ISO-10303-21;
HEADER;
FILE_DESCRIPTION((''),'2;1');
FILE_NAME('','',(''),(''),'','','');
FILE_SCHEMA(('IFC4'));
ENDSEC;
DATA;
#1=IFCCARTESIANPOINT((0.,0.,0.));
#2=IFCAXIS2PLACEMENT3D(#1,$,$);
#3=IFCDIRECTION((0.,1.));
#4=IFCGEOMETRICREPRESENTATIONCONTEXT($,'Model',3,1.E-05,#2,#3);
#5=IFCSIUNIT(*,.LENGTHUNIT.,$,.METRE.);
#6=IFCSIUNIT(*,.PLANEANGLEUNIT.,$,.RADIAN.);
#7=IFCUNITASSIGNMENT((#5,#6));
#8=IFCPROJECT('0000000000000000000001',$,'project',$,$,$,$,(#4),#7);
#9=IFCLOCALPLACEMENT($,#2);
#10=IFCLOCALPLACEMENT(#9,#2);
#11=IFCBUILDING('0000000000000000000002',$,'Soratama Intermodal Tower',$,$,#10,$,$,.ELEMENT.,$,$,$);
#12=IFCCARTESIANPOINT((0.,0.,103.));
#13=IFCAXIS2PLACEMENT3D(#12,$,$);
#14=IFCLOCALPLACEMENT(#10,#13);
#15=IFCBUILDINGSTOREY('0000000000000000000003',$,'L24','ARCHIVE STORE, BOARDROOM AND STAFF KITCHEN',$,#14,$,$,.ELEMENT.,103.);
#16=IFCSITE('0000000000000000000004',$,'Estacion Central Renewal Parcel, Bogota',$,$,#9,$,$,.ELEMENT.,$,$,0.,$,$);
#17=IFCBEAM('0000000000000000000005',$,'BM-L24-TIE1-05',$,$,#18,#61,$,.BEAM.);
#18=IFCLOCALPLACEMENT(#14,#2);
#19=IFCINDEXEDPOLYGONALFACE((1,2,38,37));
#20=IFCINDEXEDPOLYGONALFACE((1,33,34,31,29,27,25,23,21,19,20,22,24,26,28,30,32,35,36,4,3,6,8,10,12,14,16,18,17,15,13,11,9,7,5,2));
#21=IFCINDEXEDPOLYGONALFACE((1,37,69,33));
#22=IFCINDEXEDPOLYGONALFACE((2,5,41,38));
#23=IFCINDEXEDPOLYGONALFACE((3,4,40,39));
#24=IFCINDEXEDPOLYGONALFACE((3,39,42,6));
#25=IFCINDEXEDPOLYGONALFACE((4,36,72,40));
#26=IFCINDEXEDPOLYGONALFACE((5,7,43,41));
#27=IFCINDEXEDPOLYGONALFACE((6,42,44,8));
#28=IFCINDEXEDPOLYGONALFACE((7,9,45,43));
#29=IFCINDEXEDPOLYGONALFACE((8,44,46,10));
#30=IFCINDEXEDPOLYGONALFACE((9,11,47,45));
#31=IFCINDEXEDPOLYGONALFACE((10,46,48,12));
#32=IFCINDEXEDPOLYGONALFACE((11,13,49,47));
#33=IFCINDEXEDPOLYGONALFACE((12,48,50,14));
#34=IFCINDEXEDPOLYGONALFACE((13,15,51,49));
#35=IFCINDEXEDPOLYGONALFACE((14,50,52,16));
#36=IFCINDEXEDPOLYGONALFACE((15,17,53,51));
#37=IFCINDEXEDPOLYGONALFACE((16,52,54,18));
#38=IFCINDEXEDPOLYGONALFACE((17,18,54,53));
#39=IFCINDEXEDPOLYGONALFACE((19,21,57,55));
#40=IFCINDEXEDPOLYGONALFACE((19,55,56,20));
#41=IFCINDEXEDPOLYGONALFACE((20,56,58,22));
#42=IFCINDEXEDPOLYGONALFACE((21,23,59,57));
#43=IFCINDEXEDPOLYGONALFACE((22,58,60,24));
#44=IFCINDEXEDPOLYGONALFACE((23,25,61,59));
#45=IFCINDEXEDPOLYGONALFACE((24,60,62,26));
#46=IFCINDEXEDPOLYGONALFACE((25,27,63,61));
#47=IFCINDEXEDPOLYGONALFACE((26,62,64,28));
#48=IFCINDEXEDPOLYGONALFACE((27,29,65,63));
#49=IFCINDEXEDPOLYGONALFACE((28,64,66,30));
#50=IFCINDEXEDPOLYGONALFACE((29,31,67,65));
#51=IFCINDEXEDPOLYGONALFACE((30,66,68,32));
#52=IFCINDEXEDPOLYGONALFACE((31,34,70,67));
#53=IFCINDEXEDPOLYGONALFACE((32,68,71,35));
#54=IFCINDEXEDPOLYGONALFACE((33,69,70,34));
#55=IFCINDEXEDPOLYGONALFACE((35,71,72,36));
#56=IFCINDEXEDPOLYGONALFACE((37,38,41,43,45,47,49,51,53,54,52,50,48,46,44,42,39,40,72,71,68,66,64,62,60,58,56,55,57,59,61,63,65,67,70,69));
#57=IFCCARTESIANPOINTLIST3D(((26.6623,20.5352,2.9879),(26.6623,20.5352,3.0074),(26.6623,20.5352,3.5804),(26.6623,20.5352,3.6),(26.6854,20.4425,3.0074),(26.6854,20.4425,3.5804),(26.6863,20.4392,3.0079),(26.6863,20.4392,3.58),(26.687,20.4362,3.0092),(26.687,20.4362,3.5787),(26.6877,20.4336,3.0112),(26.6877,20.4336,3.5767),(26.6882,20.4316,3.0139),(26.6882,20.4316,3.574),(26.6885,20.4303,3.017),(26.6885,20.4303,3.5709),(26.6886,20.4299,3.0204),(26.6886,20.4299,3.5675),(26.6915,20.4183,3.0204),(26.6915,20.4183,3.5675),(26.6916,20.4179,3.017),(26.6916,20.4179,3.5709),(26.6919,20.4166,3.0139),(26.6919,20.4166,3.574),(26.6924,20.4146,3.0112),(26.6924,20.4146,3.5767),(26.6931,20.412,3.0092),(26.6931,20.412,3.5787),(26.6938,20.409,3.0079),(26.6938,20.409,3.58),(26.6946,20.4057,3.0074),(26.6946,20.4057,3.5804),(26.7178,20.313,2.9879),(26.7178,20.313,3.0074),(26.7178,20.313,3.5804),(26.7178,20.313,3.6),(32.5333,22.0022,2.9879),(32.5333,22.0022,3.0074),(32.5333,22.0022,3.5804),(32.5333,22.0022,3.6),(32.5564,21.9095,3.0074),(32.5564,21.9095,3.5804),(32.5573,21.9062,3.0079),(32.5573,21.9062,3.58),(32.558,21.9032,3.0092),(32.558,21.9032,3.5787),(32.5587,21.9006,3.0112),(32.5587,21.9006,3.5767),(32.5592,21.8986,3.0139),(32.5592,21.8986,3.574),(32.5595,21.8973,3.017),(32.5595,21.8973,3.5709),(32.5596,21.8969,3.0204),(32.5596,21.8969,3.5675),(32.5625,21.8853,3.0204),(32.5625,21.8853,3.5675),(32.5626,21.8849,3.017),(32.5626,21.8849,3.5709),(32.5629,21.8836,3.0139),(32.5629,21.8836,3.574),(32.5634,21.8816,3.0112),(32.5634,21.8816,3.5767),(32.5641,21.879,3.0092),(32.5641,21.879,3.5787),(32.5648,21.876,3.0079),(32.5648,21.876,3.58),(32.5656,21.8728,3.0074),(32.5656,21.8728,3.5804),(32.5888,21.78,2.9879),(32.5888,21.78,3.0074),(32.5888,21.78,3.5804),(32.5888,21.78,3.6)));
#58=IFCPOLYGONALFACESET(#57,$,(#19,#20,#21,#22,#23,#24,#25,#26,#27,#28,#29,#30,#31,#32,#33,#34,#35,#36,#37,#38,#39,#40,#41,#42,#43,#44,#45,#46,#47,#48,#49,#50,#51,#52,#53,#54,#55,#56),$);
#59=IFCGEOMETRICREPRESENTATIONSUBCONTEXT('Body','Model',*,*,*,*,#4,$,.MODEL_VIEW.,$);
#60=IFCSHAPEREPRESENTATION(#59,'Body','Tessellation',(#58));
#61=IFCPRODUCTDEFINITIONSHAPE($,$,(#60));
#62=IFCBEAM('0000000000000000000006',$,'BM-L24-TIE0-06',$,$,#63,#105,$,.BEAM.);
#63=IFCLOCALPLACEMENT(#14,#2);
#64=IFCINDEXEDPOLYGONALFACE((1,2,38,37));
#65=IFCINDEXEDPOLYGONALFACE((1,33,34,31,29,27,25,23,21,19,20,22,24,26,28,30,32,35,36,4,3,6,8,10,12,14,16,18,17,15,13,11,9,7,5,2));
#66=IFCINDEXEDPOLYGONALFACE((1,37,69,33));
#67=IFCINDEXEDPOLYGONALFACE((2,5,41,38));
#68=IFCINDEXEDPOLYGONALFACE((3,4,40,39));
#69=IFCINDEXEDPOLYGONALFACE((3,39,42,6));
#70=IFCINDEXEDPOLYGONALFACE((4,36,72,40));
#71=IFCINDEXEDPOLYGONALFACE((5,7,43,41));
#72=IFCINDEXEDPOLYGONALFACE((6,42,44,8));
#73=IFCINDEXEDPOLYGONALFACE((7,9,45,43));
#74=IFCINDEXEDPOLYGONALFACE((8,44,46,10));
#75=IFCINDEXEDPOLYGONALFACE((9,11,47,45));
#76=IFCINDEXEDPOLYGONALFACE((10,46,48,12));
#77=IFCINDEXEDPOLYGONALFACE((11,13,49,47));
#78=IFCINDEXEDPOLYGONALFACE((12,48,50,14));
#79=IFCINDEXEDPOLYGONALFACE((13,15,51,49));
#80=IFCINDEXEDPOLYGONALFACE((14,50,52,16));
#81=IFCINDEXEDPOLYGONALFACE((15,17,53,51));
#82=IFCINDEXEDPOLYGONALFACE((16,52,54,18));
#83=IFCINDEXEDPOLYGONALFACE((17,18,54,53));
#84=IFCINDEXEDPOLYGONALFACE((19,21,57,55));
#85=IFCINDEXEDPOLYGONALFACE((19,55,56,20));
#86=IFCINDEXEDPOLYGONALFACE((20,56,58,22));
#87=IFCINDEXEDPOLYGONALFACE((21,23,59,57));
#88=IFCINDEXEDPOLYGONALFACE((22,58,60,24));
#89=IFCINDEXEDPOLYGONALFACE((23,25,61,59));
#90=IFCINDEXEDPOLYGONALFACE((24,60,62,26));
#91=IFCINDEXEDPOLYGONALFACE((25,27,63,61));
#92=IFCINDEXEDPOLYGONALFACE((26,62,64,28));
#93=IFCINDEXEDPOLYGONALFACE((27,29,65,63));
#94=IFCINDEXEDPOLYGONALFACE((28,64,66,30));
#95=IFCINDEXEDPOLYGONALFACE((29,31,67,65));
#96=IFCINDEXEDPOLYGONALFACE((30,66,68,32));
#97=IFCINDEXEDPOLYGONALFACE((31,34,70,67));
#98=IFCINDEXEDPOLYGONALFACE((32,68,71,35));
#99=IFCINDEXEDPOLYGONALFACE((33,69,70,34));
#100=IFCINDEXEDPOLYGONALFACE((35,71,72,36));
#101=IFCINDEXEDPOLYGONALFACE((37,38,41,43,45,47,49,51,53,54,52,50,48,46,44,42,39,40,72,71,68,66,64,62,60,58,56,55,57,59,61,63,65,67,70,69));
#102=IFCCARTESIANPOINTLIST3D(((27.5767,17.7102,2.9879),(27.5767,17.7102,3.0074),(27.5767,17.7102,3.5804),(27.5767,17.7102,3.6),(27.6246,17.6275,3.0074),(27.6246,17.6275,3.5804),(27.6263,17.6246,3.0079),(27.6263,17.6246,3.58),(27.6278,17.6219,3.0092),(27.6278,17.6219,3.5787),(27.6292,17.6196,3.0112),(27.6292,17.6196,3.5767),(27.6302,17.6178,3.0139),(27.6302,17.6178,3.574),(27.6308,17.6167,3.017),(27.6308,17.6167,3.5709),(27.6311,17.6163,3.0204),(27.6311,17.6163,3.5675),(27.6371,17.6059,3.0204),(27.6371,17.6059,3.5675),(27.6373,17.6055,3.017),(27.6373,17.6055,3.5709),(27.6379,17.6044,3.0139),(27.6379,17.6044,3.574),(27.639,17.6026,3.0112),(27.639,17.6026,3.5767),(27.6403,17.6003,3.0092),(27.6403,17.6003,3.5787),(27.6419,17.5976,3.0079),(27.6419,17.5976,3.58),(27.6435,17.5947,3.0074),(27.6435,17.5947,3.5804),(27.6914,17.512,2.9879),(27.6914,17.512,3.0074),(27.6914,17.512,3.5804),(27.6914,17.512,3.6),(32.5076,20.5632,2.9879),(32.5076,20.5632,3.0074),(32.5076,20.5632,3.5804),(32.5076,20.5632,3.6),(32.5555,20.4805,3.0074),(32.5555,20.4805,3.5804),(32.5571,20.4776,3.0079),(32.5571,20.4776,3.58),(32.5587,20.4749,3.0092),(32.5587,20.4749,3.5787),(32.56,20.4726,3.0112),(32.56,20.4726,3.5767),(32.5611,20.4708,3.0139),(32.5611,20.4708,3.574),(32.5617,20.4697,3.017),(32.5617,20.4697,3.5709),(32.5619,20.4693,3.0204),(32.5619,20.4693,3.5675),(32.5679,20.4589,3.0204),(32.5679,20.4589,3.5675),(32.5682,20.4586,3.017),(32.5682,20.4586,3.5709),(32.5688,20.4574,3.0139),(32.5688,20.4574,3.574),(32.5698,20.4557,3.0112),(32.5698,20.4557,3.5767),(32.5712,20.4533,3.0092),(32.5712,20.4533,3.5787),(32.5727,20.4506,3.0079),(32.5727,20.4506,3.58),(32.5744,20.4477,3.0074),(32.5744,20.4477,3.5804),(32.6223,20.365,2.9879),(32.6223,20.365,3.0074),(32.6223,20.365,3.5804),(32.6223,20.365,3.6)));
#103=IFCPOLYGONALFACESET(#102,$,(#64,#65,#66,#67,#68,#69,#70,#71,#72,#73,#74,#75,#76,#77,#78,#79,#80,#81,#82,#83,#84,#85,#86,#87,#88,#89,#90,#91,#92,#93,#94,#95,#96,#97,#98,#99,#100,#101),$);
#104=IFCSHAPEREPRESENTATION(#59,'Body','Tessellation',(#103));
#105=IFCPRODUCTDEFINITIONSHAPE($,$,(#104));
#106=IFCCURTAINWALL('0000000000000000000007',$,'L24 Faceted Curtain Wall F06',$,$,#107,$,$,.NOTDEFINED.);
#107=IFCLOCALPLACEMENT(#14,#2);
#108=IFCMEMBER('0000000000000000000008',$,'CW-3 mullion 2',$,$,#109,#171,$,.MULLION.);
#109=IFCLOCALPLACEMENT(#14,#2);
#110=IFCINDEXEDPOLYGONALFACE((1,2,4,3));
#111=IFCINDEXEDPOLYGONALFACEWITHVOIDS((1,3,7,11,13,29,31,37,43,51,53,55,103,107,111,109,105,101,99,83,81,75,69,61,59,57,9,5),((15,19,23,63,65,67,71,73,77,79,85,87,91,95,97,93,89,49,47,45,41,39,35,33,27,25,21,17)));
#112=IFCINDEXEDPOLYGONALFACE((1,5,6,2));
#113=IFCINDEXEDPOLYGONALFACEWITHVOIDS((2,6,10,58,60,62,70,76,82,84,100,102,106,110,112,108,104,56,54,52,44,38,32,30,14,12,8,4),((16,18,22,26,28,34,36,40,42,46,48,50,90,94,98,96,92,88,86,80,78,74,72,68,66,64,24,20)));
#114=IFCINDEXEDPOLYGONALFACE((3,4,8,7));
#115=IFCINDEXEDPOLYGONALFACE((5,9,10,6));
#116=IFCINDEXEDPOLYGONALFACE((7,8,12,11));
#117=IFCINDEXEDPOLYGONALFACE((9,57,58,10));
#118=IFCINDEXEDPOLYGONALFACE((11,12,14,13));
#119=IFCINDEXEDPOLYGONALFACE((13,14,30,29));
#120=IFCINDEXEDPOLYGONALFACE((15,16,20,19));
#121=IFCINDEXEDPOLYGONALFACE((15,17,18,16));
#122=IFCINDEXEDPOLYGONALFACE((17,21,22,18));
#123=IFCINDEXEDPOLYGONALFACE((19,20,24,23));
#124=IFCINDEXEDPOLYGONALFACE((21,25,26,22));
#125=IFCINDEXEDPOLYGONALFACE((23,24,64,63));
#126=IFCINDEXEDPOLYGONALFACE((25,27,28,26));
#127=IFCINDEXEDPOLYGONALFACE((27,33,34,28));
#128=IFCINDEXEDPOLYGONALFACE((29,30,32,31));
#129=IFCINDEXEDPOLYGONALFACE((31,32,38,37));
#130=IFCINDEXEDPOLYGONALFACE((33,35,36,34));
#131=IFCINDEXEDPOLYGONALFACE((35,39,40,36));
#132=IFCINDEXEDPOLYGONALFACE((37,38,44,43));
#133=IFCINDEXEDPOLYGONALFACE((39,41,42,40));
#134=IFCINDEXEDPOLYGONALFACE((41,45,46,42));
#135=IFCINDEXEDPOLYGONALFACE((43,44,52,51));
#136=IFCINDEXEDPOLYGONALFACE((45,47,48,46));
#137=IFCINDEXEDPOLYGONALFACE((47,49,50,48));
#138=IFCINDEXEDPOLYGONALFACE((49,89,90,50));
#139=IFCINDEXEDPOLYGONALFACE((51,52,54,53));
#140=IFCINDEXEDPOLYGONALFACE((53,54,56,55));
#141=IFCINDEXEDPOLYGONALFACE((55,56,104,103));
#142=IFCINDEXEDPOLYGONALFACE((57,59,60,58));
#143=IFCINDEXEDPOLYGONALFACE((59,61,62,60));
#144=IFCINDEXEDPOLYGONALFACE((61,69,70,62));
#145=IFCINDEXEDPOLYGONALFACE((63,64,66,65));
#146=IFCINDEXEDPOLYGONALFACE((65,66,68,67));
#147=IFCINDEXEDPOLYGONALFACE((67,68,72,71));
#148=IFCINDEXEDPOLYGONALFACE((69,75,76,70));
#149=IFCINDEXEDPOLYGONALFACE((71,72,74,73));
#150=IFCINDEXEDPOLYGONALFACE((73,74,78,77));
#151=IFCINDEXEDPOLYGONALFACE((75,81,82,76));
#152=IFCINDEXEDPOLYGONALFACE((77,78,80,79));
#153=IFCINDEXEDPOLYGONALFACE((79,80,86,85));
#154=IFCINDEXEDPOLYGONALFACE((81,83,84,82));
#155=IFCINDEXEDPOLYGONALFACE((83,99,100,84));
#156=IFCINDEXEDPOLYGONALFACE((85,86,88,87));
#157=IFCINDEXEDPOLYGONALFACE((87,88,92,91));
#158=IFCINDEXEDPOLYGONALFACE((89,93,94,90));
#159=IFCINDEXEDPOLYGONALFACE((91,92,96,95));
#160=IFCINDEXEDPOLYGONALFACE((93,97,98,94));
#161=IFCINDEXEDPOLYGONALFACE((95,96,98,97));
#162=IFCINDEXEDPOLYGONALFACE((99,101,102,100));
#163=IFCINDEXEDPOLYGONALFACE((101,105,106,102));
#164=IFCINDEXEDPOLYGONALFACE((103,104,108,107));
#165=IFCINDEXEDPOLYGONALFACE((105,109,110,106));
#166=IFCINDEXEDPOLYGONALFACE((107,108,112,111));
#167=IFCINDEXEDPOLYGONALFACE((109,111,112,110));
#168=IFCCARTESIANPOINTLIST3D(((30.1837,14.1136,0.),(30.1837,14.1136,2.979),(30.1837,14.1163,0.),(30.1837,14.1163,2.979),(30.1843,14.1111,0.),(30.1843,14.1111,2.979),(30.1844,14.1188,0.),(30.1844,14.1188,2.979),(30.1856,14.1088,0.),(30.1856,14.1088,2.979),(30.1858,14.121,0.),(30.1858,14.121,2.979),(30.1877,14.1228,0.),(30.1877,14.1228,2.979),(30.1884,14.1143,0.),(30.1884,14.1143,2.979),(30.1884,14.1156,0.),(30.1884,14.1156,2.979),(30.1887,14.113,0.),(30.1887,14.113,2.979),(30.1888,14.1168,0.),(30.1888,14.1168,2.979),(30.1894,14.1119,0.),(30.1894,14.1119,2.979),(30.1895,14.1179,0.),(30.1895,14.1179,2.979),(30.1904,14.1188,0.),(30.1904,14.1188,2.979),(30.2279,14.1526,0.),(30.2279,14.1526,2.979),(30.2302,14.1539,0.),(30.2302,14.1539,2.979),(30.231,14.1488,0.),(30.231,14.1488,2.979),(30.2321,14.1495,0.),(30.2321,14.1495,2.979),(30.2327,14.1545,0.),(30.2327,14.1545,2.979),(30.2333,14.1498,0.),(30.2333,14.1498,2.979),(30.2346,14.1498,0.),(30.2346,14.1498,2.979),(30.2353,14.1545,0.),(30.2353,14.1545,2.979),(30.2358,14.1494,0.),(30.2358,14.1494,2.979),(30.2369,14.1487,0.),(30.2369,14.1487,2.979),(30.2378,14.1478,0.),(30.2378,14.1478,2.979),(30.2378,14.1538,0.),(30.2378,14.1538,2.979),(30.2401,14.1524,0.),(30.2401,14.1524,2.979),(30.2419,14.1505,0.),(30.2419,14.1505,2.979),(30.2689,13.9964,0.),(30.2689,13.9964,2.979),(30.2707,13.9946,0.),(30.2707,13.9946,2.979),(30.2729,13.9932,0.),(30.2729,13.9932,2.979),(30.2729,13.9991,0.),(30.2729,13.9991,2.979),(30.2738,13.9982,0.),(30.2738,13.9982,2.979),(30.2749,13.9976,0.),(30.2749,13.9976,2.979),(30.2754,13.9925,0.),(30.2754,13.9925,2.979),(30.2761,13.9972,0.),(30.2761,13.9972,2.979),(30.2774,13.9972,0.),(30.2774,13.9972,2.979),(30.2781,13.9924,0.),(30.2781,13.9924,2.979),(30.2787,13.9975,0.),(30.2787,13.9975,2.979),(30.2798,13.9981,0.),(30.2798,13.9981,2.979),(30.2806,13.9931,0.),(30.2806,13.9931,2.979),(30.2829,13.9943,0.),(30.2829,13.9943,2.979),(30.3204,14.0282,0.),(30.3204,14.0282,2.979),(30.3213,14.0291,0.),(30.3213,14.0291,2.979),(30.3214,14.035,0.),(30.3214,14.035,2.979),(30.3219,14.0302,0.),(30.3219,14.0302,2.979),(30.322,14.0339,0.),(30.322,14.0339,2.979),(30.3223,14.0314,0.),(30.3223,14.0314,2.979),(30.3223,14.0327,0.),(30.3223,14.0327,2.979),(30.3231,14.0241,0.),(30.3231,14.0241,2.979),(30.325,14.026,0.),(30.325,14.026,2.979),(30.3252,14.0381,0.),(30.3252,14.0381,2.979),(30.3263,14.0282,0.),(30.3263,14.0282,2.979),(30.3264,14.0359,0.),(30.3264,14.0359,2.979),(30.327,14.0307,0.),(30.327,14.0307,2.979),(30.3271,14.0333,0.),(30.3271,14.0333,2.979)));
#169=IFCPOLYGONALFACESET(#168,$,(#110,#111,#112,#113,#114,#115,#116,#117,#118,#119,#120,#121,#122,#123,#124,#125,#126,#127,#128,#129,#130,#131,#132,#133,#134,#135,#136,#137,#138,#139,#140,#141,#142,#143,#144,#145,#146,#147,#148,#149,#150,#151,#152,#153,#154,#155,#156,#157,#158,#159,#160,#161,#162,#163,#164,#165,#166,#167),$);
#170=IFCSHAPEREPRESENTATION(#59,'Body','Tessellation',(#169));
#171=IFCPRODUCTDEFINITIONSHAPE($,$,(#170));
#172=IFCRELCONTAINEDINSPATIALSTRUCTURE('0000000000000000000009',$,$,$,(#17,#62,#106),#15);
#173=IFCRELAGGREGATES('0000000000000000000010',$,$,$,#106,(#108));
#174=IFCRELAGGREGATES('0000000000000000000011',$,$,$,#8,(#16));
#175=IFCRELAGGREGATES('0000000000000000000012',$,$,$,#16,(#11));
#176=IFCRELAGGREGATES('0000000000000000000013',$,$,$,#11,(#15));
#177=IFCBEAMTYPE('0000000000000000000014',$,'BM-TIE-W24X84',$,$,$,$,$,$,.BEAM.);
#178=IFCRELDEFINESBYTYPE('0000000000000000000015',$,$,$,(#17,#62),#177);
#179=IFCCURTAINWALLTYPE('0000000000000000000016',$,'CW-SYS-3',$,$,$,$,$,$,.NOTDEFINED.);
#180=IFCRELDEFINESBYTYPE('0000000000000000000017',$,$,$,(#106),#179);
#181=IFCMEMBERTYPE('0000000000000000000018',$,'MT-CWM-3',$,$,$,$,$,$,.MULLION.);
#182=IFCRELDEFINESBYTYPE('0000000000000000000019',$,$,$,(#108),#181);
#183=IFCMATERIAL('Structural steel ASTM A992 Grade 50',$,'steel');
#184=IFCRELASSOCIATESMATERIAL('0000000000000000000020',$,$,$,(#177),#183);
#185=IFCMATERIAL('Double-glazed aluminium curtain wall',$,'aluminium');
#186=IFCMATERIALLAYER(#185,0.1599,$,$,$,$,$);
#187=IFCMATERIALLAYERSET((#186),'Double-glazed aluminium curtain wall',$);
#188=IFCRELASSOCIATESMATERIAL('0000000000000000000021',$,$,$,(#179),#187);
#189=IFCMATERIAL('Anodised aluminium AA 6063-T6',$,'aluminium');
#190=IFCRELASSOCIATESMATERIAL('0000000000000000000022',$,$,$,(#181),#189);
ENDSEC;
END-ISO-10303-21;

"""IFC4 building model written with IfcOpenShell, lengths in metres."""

from ifc_helpers import new_model, si_unit, direction, frame, origin, origin_2d, place, context, subcontext, project, spatial, hollow_rectangle, i_section, extrude, material, layer, layer_set, material_profile, profile_set, type_object, element, aggregate, save


model = new_model("IFC4")

# Units and contexts
model_context = context("Model", 3, precision=1e-05, world=origin(), true_north=direction((0.0, 1.0)))
body_context = subcontext(model_context, "Body", "Model", "MODEL_VIEW")
ifc_project = project(units=[si_unit("LENGTHUNIT", "METRE"), si_unit("PLANEANGLEUNIT", "RADIAN")], contexts=[model_context])

# Site, building, storey
site_placement = place(None, origin())
site = spatial("IfcSite", under=ifc_project, at=site_placement, Name="Estacion Central Renewal Parcel, Bogota", CompositionType="ELEMENT", RefElevation=0.0)
building_placement = place(site_placement, origin())
building = spatial("IfcBuilding", under=site, at=building_placement, Name="Soratama Intermodal Tower", CompositionType="ELEMENT")
storey_placement = place(building_placement, frame((0.0, 0.0, 103.0)))
storey = spatial("IfcBuildingStorey", under=building, at=storey_placement, Name="L24", Description="ARCHIVE STORE, BOARDROOM AND STAFF KITCHEN", CompositionType="ELEMENT", Elevation=103.0)

# Beams
ifc_material_1 = material(Name="Structural steel ASTM A992 Grade 50", Category="steel")
ifc_material_profile_1 = material_profile(ifc_material_1, i_section(OverallWidth=0.229, OverallDepth=0.6121, WebThickness=0.012, FlangeThickness=0.0195, FilletRadius=0.0129, at=origin_2d()), Name="W24X84")
ifc_profile_set_1 = profile_set([ifc_material_profile_1], Name="Structural steel ASTM A992 Grade 50")
beam_type_1 = type_object("IfcBeamType", Name="BM-TIE-W24X84", PredefinedType="BEAM", material=ifc_profile_set_1)
beam_1_placement = place(storey_placement, frame((32.561, 21.8911, 3.2939), z_axis=(-0.970171, -0.242422, 0.0), x_axis=(0.242422, -0.970171, 0.0)))
element("IfcBeam", 1, at=beam_1_placement, inside=storey, type_object=beam_type_1, Name="BM-L24-TIE1-05", PredefinedType="BEAM", context=body_context, shape_type="SweptSolid", body=[
    extrude(i_section(OverallWidth=0.229, OverallDepth=0.6121, WebThickness=0.012, FlangeThickness=0.0195, FilletRadius=0.0129, at=origin_2d()), origin(), (0.0, 0.0, 1.0), 6.0515),
])
beam_2_placement = place(storey_placement, frame((32.5649, 20.4641, 3.2939), z_axis=(-0.865556, -0.500812, 0.0), x_axis=(0.500812, -0.865556, 0.0)))
element("IfcBeam", 2, at=beam_2_placement, inside=storey, type_object=beam_type_1, Name="BM-L24-TIE0-06", PredefinedType="BEAM", context=body_context, shape_type="SweptSolid", body=[
    extrude(i_section(OverallWidth=0.229, OverallDepth=0.6121, WebThickness=0.012, FlangeThickness=0.0195, FilletRadius=0.0129, at=origin_2d()), origin(), (0.0, 0.0, 1.0), 5.6968),
])

# Curtain wall, member
ifc_material_2 = material(Name="Double-glazed aluminium curtain wall", Category="aluminium")
ifc_layer_1 = layer(ifc_material_2, 0.1599)
ifc_layer_set_1 = layer_set([ifc_layer_1], Name="Double-glazed aluminium curtain wall")
curtain_wall_type = type_object("IfcCurtainWallType", Name="CW-SYS-3", PredefinedType="NOTDEFINED", material=ifc_layer_set_1)
curtain_wall_placement = place(storey_placement, origin())
curtain_wall = element("IfcCurtainWall", 3, at=curtain_wall_placement, inside=storey, type_object=curtain_wall_type, Name="L24 Faceted Curtain Wall F06", PredefinedType="NOTDEFINED")
ifc_material_3 = material(Name="Anodised aluminium AA 6063-T6", Category="aluminium")
ifc_material_profile_2 = material_profile(ifc_material_3, hollow_rectangle(XDim=0.0701, YDim=0.1599, WallThickness=0.0049, InnerFilletRadius=0.0049, OuterFilletRadius=0.01, at=origin_2d()), Name="CWM160X70X5")
ifc_profile_set_2 = profile_set([ifc_material_profile_2], Name="Anodised aluminium AA 6063-T6")
member_type_1 = type_object("IfcMemberType", Name="MT-CWM-3", PredefinedType="MULLION", material=ifc_profile_set_2)
member_1_placement = place(storey_placement, frame((30.2554, 14.0735, 0.0), z_axis=(0.0, 0.0, 1.0), x_axis=(0.803442, 0.595383, 0.0)))
member_1 = element("IfcMember", 4, at=member_1_placement, type_object=member_type_1, Name="CW-3 mullion 2", PredefinedType="MULLION", context=body_context, shape_type="SweptSolid", body=[
    extrude(hollow_rectangle(XDim=0.0701, YDim=0.1599, WallThickness=0.0049, InnerFilletRadius=0.0049, OuterFilletRadius=0.01, at=origin_2d()), origin(), (0.0, 0.0, 1.0), 2.979),
])
aggregate(curtain_wall, [member_1])

save(model, "model.ifc")
